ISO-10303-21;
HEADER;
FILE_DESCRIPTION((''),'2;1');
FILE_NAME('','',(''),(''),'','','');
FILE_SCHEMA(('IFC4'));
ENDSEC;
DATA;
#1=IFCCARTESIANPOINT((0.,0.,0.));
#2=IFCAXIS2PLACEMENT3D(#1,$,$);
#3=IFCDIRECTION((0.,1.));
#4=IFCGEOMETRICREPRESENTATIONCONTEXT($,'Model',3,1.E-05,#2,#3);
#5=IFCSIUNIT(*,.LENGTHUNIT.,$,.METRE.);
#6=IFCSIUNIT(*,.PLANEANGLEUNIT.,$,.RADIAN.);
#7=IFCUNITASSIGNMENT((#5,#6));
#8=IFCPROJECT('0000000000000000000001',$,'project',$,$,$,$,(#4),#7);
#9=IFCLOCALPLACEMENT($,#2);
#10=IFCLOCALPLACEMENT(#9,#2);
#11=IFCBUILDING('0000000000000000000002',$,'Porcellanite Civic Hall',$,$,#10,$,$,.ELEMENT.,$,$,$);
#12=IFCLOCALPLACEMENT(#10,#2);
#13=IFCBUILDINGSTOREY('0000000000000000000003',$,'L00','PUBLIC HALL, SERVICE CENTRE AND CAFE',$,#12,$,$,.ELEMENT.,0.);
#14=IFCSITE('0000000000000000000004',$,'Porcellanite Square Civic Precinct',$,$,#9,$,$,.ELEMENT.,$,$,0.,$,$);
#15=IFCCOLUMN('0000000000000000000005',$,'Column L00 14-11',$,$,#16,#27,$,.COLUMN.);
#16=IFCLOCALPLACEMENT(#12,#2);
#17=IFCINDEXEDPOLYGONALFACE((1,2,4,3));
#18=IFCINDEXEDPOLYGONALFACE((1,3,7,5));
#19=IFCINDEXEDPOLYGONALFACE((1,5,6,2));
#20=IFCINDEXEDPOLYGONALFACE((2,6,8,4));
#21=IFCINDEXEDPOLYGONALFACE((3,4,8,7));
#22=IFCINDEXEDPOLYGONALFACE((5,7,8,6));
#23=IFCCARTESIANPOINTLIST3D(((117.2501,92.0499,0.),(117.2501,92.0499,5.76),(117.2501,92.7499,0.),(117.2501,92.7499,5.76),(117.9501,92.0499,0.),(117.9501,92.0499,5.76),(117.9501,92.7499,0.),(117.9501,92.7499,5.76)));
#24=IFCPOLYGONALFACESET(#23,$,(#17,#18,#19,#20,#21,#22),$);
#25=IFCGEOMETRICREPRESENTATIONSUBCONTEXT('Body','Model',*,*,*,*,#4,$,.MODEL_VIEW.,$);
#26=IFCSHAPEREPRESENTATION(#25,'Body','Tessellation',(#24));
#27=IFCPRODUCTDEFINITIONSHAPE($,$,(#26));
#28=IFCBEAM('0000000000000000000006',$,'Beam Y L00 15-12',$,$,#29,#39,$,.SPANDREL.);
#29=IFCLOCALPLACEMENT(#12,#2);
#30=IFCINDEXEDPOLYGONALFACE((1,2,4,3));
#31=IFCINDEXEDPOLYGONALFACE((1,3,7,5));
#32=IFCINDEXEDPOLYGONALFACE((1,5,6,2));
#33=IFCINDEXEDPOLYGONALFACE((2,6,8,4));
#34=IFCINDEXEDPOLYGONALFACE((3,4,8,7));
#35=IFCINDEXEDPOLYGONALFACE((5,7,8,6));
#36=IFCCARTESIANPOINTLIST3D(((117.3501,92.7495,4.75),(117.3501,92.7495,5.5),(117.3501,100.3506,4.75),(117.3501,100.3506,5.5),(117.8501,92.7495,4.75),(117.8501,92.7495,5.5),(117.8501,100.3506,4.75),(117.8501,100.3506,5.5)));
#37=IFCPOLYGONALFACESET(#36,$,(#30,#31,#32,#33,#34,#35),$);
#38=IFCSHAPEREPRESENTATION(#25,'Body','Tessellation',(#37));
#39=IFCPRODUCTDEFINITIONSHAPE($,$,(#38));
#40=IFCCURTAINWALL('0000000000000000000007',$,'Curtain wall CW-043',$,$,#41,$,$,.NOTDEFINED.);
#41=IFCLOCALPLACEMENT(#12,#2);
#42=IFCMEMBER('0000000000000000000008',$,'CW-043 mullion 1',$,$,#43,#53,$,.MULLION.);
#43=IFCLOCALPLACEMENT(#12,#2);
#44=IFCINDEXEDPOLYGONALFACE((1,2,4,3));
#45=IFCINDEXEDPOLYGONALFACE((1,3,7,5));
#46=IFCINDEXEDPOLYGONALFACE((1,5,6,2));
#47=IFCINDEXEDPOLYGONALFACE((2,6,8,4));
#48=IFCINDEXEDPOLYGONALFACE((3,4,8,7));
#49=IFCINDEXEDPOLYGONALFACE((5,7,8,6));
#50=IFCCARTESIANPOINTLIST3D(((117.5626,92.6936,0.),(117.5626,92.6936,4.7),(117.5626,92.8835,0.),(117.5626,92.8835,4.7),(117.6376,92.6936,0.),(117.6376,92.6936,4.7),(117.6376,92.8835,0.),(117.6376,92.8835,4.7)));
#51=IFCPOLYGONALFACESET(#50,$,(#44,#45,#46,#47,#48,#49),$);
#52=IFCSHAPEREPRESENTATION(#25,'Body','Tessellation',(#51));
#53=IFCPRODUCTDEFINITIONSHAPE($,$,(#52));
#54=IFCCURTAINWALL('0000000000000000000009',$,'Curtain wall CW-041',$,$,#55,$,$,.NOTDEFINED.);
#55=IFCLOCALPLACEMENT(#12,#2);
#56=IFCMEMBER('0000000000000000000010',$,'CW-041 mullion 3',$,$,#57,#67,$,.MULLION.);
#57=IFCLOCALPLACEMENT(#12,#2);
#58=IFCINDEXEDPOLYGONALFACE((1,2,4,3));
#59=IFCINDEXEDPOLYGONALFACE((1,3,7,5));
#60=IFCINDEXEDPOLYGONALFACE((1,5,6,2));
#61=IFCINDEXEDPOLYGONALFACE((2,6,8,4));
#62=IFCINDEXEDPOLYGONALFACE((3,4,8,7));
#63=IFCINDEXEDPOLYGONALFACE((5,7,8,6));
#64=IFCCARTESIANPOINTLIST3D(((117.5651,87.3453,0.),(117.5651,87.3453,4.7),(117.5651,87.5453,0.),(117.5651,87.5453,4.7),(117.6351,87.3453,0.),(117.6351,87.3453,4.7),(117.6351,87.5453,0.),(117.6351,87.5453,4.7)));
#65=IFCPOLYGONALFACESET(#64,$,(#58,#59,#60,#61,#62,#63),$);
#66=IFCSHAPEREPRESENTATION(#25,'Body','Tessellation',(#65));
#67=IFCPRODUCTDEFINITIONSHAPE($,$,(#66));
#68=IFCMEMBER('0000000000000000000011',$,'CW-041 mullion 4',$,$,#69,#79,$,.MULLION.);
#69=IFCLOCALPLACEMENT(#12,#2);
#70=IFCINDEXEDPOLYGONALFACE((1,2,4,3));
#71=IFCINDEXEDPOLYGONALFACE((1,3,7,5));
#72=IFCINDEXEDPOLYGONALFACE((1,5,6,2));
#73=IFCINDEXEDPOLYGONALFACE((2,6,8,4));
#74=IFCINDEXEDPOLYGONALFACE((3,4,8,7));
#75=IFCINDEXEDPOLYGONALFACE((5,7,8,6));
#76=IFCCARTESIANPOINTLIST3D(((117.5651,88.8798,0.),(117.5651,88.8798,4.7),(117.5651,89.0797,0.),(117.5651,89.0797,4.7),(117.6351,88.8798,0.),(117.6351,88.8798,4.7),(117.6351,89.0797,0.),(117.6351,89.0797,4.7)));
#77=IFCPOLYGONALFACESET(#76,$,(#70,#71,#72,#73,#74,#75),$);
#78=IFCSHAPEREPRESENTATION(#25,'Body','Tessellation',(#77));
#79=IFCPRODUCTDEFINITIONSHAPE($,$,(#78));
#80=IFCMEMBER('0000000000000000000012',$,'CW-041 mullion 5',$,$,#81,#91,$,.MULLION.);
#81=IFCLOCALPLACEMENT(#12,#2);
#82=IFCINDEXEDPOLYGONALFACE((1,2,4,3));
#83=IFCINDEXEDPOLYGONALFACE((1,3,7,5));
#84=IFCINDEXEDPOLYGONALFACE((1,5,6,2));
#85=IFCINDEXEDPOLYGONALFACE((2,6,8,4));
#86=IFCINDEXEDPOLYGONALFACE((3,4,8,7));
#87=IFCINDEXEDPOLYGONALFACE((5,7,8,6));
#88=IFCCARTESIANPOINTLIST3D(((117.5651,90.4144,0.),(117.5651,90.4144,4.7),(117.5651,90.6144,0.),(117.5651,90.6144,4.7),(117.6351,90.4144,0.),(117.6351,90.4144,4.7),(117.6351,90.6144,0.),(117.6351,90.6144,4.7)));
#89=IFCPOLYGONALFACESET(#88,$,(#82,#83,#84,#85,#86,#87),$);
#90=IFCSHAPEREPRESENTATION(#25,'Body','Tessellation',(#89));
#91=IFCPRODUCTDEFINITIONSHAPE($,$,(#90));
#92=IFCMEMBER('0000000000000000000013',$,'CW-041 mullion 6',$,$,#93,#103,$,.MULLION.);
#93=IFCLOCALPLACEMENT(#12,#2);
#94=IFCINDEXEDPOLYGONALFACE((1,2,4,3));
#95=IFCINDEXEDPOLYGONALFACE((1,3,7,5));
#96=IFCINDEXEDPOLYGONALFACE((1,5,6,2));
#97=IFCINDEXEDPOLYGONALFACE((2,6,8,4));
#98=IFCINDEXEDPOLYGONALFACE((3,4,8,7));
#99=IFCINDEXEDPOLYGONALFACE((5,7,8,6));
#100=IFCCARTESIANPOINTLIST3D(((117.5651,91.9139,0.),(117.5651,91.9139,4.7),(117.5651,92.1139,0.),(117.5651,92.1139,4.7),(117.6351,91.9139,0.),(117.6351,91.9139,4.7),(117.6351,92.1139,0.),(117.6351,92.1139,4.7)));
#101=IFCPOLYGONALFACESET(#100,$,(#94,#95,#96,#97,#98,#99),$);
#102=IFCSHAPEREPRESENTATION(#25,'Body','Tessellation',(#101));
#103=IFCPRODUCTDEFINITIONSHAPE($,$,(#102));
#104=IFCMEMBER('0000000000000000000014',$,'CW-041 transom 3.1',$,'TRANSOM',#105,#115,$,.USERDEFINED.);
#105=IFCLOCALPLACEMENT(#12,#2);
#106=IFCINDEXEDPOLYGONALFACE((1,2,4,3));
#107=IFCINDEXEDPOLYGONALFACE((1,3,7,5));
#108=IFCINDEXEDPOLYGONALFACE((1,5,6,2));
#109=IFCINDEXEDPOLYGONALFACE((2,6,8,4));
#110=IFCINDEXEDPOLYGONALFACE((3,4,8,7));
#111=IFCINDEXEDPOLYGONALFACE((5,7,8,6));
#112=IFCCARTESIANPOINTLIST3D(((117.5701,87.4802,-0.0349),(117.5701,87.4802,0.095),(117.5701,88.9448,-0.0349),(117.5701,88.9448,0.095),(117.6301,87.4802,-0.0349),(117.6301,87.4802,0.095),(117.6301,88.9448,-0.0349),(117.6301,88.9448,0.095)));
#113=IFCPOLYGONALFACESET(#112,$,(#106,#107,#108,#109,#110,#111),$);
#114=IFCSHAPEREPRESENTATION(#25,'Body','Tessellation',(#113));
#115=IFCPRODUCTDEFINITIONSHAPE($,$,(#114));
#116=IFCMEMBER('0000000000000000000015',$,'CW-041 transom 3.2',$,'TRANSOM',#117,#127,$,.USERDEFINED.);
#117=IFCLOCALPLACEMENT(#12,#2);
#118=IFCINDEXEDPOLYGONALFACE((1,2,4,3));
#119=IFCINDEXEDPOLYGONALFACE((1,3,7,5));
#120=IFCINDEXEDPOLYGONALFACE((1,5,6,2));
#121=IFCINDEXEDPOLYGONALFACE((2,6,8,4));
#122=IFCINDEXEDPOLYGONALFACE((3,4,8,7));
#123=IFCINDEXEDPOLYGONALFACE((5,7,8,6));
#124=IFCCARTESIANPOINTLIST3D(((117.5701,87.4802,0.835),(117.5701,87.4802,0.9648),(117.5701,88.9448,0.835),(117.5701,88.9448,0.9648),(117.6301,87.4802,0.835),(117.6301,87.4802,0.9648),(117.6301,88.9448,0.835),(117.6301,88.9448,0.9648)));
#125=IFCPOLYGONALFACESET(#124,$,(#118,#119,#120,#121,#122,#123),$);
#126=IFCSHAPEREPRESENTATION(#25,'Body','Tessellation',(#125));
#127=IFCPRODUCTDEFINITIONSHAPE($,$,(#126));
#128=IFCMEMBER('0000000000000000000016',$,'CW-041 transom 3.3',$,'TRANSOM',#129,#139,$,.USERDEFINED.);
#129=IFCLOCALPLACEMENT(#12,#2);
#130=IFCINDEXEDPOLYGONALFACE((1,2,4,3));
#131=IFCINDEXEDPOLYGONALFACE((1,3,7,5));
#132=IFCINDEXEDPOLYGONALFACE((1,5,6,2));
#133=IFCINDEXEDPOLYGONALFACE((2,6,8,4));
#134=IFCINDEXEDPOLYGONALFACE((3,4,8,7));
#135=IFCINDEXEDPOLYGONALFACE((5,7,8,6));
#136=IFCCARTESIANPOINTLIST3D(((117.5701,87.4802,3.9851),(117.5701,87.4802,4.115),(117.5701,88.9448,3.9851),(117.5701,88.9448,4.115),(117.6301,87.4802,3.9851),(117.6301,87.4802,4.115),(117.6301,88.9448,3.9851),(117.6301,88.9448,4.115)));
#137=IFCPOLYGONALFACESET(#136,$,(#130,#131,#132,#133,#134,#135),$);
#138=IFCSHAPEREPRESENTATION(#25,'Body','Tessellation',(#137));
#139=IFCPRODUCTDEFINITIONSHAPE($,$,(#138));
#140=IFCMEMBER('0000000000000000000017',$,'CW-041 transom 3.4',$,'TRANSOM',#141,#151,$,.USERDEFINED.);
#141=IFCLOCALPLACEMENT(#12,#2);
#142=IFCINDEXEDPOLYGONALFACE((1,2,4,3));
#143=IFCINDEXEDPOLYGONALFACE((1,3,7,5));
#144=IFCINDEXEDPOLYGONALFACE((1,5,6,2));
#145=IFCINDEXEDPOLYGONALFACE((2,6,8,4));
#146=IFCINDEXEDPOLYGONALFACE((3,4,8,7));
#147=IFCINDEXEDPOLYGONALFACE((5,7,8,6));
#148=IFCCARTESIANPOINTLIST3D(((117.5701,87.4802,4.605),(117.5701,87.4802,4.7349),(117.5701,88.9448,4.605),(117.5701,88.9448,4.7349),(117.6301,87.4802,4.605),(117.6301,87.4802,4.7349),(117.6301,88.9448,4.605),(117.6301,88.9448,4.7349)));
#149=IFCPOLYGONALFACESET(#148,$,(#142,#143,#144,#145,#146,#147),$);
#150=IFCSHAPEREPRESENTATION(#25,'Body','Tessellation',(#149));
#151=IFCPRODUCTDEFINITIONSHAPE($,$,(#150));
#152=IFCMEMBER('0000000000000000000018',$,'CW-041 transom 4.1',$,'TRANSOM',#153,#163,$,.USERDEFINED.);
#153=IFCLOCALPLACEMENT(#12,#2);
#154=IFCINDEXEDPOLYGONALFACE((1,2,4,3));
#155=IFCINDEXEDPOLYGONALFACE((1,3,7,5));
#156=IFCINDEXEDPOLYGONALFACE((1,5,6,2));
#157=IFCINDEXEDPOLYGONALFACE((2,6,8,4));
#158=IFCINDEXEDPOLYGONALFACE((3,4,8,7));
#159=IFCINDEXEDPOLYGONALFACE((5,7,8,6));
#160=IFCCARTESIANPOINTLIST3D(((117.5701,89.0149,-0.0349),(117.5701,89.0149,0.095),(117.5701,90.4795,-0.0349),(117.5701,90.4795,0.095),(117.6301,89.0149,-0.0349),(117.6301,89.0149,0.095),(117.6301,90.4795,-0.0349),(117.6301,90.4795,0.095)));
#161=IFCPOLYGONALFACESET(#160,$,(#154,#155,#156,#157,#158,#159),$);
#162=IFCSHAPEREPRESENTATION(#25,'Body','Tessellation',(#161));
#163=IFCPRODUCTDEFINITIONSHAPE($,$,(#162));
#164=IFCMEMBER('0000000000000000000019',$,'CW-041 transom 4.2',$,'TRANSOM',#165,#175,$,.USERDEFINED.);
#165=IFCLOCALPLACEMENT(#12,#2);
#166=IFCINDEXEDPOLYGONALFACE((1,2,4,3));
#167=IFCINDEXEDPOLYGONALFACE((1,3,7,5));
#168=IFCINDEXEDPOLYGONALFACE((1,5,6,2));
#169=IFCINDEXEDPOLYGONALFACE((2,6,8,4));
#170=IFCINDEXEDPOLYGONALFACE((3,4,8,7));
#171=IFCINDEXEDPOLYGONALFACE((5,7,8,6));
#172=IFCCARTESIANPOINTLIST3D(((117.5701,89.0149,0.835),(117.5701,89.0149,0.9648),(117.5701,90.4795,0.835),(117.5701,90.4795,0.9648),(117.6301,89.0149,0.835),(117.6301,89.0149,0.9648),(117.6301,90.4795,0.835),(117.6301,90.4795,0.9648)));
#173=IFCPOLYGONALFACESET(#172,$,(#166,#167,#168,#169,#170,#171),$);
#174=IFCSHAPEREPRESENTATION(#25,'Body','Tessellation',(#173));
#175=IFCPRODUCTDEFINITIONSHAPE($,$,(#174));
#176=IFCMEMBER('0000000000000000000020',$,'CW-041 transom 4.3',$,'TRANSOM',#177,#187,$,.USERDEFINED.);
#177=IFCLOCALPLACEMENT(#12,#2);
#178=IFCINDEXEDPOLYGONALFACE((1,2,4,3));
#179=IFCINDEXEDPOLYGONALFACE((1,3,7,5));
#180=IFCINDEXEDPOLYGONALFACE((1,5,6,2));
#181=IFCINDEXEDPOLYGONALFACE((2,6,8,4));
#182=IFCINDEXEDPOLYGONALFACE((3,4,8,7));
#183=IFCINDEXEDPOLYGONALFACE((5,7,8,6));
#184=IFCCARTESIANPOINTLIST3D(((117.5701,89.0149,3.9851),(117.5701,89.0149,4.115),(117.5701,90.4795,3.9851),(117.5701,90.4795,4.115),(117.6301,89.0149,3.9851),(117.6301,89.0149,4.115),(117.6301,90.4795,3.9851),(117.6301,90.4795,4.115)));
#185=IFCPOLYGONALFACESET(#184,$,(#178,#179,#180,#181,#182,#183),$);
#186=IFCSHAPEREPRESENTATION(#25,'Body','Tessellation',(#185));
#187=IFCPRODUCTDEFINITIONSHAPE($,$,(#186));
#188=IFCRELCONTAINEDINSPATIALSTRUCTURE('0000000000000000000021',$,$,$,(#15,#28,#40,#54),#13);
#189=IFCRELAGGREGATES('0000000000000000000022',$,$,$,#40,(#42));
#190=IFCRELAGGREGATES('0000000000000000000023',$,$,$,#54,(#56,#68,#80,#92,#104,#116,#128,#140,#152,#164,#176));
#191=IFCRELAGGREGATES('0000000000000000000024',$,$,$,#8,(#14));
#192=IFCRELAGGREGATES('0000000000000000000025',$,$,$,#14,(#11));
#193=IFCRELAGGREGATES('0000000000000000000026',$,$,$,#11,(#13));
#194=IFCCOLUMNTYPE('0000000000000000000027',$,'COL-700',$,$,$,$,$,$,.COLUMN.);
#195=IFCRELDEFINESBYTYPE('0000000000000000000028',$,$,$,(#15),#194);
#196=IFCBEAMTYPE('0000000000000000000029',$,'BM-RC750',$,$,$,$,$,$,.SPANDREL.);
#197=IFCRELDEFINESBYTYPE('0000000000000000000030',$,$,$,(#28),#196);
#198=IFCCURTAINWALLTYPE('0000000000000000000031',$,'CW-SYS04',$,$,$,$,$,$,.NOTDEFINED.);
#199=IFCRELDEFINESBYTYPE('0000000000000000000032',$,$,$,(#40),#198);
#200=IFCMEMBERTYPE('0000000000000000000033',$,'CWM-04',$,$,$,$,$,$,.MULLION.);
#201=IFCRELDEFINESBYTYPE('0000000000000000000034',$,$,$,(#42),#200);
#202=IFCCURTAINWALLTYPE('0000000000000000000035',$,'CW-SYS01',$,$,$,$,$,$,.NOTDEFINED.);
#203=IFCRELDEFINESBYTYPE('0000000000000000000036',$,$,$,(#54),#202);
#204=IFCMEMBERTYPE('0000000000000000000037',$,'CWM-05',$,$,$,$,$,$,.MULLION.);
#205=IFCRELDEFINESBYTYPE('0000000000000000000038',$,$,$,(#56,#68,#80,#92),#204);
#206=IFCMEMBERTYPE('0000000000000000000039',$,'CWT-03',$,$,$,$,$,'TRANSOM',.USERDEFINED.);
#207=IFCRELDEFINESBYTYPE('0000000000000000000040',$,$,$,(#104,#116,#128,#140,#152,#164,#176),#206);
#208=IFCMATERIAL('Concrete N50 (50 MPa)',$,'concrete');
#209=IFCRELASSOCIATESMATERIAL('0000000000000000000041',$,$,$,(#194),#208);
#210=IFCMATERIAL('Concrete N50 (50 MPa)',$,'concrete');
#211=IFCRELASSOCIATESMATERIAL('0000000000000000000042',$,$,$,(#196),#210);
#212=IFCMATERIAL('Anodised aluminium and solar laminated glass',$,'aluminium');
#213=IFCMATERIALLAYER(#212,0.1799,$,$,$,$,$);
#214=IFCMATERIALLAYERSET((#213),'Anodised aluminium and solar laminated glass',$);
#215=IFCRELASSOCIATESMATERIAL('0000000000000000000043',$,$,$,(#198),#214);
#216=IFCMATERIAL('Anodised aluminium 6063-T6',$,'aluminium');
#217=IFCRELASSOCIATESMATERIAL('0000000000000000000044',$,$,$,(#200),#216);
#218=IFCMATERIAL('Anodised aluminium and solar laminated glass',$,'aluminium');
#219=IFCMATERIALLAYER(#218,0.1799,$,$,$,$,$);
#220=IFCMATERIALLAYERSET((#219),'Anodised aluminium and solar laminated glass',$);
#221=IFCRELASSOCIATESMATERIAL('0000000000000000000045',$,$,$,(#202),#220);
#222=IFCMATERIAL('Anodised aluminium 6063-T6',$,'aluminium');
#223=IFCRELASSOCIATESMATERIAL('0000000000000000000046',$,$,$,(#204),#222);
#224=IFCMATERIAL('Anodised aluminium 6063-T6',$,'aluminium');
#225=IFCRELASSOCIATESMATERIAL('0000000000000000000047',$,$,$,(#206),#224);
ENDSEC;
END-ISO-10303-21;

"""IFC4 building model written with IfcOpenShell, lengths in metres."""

from ifc_helpers import new_model, si_unit, direction, frame, origin, origin_2d, place, context, subcontext, project, spatial, rectangle, extrude, material, layer, layer_set, material_profile, profile_set, type_object, element, aggregate, save


model = new_model("IFC4")

# Units and contexts
model_context = context("Model", 3, precision=1e-05, world=origin(), true_north=direction((0.0, 1.0)))
body_context = subcontext(model_context, "Body", "Model", "MODEL_VIEW")
ifc_project = project(units=[si_unit("LENGTHUNIT", "METRE"), si_unit("PLANEANGLEUNIT", "RADIAN")], contexts=[model_context])

# Site, building, storey
site_placement = place(None, origin())
site = spatial("IfcSite", under=ifc_project, at=site_placement, Name="Porcellanite Square Civic Precinct", CompositionType="ELEMENT", RefElevation=0.0)
building_placement = place(site_placement, origin())
building = spatial("IfcBuilding", under=site, at=building_placement, Name="Porcellanite Civic Hall", CompositionType="ELEMENT")
storey_placement = place(building_placement, origin())
storey = spatial("IfcBuildingStorey", under=building, at=storey_placement, Name="L00", Description="PUBLIC HALL, SERVICE CENTRE AND CAFE", CompositionType="ELEMENT", Elevation=0.0)

# Column
ifc_material_1 = material(Name="Concrete N50 (50 MPa)", Category="concrete")
ifc_material_profile_1 = material_profile(ifc_material_1, rectangle(XDim=0.7, YDim=0.7, at=origin_2d()), Name="RC-700x700")
ifc_profile_set_1 = profile_set([ifc_material_profile_1], Name="Concrete N50 (50 MPa)")
column_type = type_object("IfcColumnType", Name="COL-700", PredefinedType="COLUMN", material=ifc_profile_set_1)
column_placement = place(storey_placement, frame((117.6001, 92.3999, 0.0), z_axis=(0.0, 0.0, 1.0), x_axis=(1.0, 0.0, 0.0)))
element("IfcColumn", 1, at=column_placement, inside=storey, type_object=column_type, Name="Column L00 14-11", PredefinedType="COLUMN", context=body_context, shape_type="SweptSolid", body=[
    extrude(rectangle(XDim=0.7, YDim=0.7, at=origin_2d()), origin(), (0.0, 0.0, 1.0), 5.76),
])

# Beam
ifc_material_2 = material(Name="Concrete N50 (50 MPa)", Category="concrete")
ifc_material_profile_2 = material_profile(ifc_material_2, rectangle(XDim=0.5, YDim=0.75, at=origin_2d()), Name="RC-500x750")
ifc_profile_set_2 = profile_set([ifc_material_profile_2], Name="Concrete N50 (50 MPa)")
beam_type = type_object("IfcBeamType", Name="BM-RC750", PredefinedType="SPANDREL", material=ifc_profile_set_2)
beam_placement = place(storey_placement, frame((117.6001, 92.7495, 5.125), z_axis=(0.0, 1.0, 0.0), x_axis=(-1.0, 0.0, 0.0)))
element("IfcBeam", 2, at=beam_placement, inside=storey, type_object=beam_type, Name="Beam Y L00 15-12", PredefinedType="SPANDREL", context=body_context, shape_type="SweptSolid", body=[
    extrude(rectangle(XDim=0.5, YDim=0.75, at=origin_2d()), origin(), (0.0, 0.0, 1.0), 7.6011),
])

# Curtain wall, member
ifc_material_3 = material(Name="Anodised aluminium and solar laminated glass", Category="aluminium")
ifc_layer_1 = layer(ifc_material_3, 0.1799)
ifc_layer_set_1 = layer_set([ifc_layer_1], Name="Anodised aluminium and solar laminated glass")
curtain_wall_type_1 = type_object("IfcCurtainWallType", Name="CW-SYS04", PredefinedType="NOTDEFINED", material=ifc_layer_set_1)
curtain_wall_1_placement = place(storey_placement, origin())
curtain_wall_1 = element("IfcCurtainWall", 3, at=curtain_wall_1_placement, inside=storey, type_object=curtain_wall_type_1, Name="Curtain wall CW-043", PredefinedType="NOTDEFINED")
ifc_material_4 = material(Name="Anodised aluminium 6063-T6", Category="aluminium")
ifc_material_profile_3 = material_profile(ifc_material_4, rectangle(XDim=0.075, YDim=0.1899, at=origin_2d()), Name="AL-75x190")
ifc_profile_set_3 = profile_set([ifc_material_profile_3], Name="Anodised aluminium 6063-T6")
member_type_1 = type_object("IfcMemberType", Name="CWM-04", PredefinedType="MULLION", material=ifc_profile_set_3)
member_1_placement = place(storey_placement, frame((117.6001, 92.7886, 0.0), z_axis=(0.0, 0.0, 1.0), x_axis=(-1.0, 0.0, 0.0)))
member_1 = element("IfcMember", 4, at=member_1_placement, type_object=member_type_1, Name="CW-043 mullion 1", PredefinedType="MULLION", context=body_context, shape_type="SweptSolid", body=[
    extrude(rectangle(XDim=0.075, YDim=0.1899, at=origin_2d()), origin(), (0.0, 0.0, 1.0), 4.7),
])
aggregate(curtain_wall_1, [member_1])

# Curtain wall, members
ifc_material_5 = material(Name="Anodised aluminium and solar laminated glass", Category="aluminium")
ifc_layer_2 = layer(ifc_material_5, 0.1799)
ifc_layer_set_2 = layer_set([ifc_layer_2], Name="Anodised aluminium and solar laminated glass")
curtain_wall_type_2 = type_object("IfcCurtainWallType", Name="CW-SYS01", PredefinedType="NOTDEFINED", material=ifc_layer_set_2)
curtain_wall_2_placement = place(storey_placement, origin())
curtain_wall_2 = element("IfcCurtainWall", 5, at=curtain_wall_2_placement, inside=storey, type_object=curtain_wall_type_2, Name="Curtain wall CW-041", PredefinedType="NOTDEFINED")
ifc_material_6 = material(Name="Anodised aluminium 6063-T6", Category="aluminium")
ifc_material_profile_4 = material_profile(ifc_material_6, rectangle(XDim=0.0701, YDim=0.2, at=origin_2d()), Name="AL-70x200")
ifc_profile_set_4 = profile_set([ifc_material_profile_4], Name="Anodised aluminium 6063-T6")
member_type_2 = type_object("IfcMemberType", Name="CWM-05", PredefinedType="MULLION", material=ifc_profile_set_4)
member_2_placement = place(storey_placement, frame((117.6001, 87.4453, 0.0), z_axis=(0.0, 0.0, 1.0), x_axis=(-1.0, 0.0, 0.0)))
member_2 = element("IfcMember", 6, at=member_2_placement, type_object=member_type_2, Name="CW-041 mullion 3", PredefinedType="MULLION", context=body_context, shape_type="SweptSolid", body=[
    extrude(rectangle(XDim=0.0701, YDim=0.2, at=origin_2d()), origin(), (0.0, 0.0, 1.0), 4.7),
])
member_3_placement = place(storey_placement, frame((117.6001, 88.9797, 0.0), z_axis=(0.0, 0.0, 1.0), x_axis=(-1.0, 0.0, 0.0)))
member_3 = element("IfcMember", 7, at=member_3_placement, type_object=member_type_2, Name="CW-041 mullion 4", PredefinedType="MULLION", context=body_context, shape_type="SweptSolid", body=[
    extrude(rectangle(XDim=0.0701, YDim=0.2, at=origin_2d()), origin(), (0.0, 0.0, 1.0), 4.7),
])
member_4_placement = place(storey_placement, frame((117.6001, 90.5144, 0.0), z_axis=(0.0, 0.0, 1.0), x_axis=(-1.0, 0.0, 0.0)))
member_4 = element("IfcMember", 8, at=member_4_placement, type_object=member_type_2, Name="CW-041 mullion 5", PredefinedType="MULLION", context=body_context, shape_type="SweptSolid", body=[
    extrude(rectangle(XDim=0.0701, YDim=0.2, at=origin_2d()), origin(), (0.0, 0.0, 1.0), 4.7),
])
member_5_placement = place(storey_placement, frame((117.6001, 92.0139, 0.0), z_axis=(0.0, 0.0, 1.0), x_axis=(-1.0, 0.0, 0.0)))
member_5 = element("IfcMember", 9, at=member_5_placement, type_object=member_type_2, Name="CW-041 mullion 6", PredefinedType="MULLION", context=body_context, shape_type="SweptSolid", body=[
    extrude(rectangle(XDim=0.0701, YDim=0.2, at=origin_2d()), origin(), (0.0, 0.0, 1.0), 4.7),
])
ifc_material_7 = material(Name="Anodised aluminium 6063-T6", Category="aluminium")
ifc_material_profile_5 = material_profile(ifc_material_7, rectangle(XDim=0.0601, YDim=0.1299, at=origin_2d()), Name="AL-60x130")
ifc_profile_set_5 = profile_set([ifc_material_profile_5], Name="Anodised aluminium 6063-T6")
member_type_3 = type_object("IfcMemberType", Name="CWT-03", ElementType="TRANSOM", PredefinedType="USERDEFINED", material=ifc_profile_set_5)
member_6_placement = place(storey_placement, frame((117.6001, 87.4802, 0.03), z_axis=(0.0, 1.0, 0.0), x_axis=(-1.0, 0.0, 0.0)))
member_6 = element("IfcMember", 10, at=member_6_placement, type_object=member_type_3, Name="CW-041 transom 3.1", ObjectType="TRANSOM", PredefinedType="USERDEFINED", context=body_context, shape_type="SweptSolid", body=[
    extrude(rectangle(XDim=0.0601, YDim=0.1299, at=origin_2d()), origin(), (0.0, 0.0, 1.0), 1.4646),
])
member_7_placement = place(storey_placement, frame((117.6001, 87.4802, 0.8999), z_axis=(0.0, 1.0, 0.0), x_axis=(-1.0, 0.0, 0.0)))
member_7 = element("IfcMember", 11, at=member_7_placement, type_object=member_type_3, Name="CW-041 transom 3.2", ObjectType="TRANSOM", PredefinedType="USERDEFINED", context=body_context, shape_type="SweptSolid", body=[
    extrude(rectangle(XDim=0.0601, YDim=0.1299, at=origin_2d()), origin(), (0.0, 0.0, 1.0), 1.4646),
])
member_8_placement = place(storey_placement, frame((117.6001, 87.4802, 4.05), z_axis=(0.0, 1.0, 0.0), x_axis=(-1.0, 0.0, 0.0)))
member_8 = element("IfcMember", 12, at=member_8_placement, type_object=member_type_3, Name="CW-041 transom 3.3", ObjectType="TRANSOM", PredefinedType="USERDEFINED", context=body_context, shape_type="SweptSolid", body=[
    extrude(rectangle(XDim=0.0601, YDim=0.1299, at=origin_2d()), origin(), (0.0, 0.0, 1.0), 1.4646),
])
member_9_placement = place(storey_placement, frame((117.6001, 87.4802, 4.6699), z_axis=(0.0, 1.0, 0.0), x_axis=(-1.0, 0.0, 0.0)))
member_9 = element("IfcMember", 13, at=member_9_placement, type_object=member_type_3, Name="CW-041 transom 3.4", ObjectType="TRANSOM", PredefinedType="USERDEFINED", context=body_context, shape_type="SweptSolid", body=[
    extrude(rectangle(XDim=0.0601, YDim=0.1299, at=origin_2d()), origin(), (0.0, 0.0, 1.0), 1.4646),
])
member_10_placement = place(storey_placement, frame((117.6001, 89.0149, 0.03), z_axis=(0.0, 1.0, 0.0), x_axis=(-1.0, 0.0, 0.0)))
member_10 = element("IfcMember", 14, at=member_10_placement, type_object=member_type_3, Name="CW-041 transom 4.1", ObjectType="TRANSOM", PredefinedType="USERDEFINED", context=body_context, shape_type="SweptSolid", body=[
    extrude(rectangle(XDim=0.0601, YDim=0.1299, at=origin_2d()), origin(), (0.0, 0.0, 1.0), 1.4646),
])
member_11_placement = place(storey_placement, frame((117.6001, 89.0149, 0.8999), z_axis=(0.0, 1.0, 0.0), x_axis=(-1.0, 0.0, 0.0)))
member_11 = element("IfcMember", 15, at=member_11_placement, type_object=member_type_3, Name="CW-041 transom 4.2", ObjectType="TRANSOM", PredefinedType="USERDEFINED", context=body_context, shape_type="SweptSolid", body=[
    extrude(rectangle(XDim=0.0601, YDim=0.1299, at=origin_2d()), origin(), (0.0, 0.0, 1.0), 1.4646),
])
member_12_placement = place(storey_placement, frame((117.6001, 89.0149, 4.05), z_axis=(0.0, 1.0, 0.0), x_axis=(-1.0, 0.0, 0.0)))
member_12 = element("IfcMember", 16, at=member_12_placement, type_object=member_type_3, Name="CW-041 transom 4.3", ObjectType="TRANSOM", PredefinedType="USERDEFINED", context=body_context, shape_type="SweptSolid", body=[
    extrude(rectangle(XDim=0.0601, YDim=0.1299, at=origin_2d()), origin(), (0.0, 0.0, 1.0), 1.4646),
])

aggregate(curtain_wall_2, [member_2, member_3, member_4, member_5, member_6, member_7, member_8, member_9, member_10, member_11, member_12])

save(model, "model.ifc")
